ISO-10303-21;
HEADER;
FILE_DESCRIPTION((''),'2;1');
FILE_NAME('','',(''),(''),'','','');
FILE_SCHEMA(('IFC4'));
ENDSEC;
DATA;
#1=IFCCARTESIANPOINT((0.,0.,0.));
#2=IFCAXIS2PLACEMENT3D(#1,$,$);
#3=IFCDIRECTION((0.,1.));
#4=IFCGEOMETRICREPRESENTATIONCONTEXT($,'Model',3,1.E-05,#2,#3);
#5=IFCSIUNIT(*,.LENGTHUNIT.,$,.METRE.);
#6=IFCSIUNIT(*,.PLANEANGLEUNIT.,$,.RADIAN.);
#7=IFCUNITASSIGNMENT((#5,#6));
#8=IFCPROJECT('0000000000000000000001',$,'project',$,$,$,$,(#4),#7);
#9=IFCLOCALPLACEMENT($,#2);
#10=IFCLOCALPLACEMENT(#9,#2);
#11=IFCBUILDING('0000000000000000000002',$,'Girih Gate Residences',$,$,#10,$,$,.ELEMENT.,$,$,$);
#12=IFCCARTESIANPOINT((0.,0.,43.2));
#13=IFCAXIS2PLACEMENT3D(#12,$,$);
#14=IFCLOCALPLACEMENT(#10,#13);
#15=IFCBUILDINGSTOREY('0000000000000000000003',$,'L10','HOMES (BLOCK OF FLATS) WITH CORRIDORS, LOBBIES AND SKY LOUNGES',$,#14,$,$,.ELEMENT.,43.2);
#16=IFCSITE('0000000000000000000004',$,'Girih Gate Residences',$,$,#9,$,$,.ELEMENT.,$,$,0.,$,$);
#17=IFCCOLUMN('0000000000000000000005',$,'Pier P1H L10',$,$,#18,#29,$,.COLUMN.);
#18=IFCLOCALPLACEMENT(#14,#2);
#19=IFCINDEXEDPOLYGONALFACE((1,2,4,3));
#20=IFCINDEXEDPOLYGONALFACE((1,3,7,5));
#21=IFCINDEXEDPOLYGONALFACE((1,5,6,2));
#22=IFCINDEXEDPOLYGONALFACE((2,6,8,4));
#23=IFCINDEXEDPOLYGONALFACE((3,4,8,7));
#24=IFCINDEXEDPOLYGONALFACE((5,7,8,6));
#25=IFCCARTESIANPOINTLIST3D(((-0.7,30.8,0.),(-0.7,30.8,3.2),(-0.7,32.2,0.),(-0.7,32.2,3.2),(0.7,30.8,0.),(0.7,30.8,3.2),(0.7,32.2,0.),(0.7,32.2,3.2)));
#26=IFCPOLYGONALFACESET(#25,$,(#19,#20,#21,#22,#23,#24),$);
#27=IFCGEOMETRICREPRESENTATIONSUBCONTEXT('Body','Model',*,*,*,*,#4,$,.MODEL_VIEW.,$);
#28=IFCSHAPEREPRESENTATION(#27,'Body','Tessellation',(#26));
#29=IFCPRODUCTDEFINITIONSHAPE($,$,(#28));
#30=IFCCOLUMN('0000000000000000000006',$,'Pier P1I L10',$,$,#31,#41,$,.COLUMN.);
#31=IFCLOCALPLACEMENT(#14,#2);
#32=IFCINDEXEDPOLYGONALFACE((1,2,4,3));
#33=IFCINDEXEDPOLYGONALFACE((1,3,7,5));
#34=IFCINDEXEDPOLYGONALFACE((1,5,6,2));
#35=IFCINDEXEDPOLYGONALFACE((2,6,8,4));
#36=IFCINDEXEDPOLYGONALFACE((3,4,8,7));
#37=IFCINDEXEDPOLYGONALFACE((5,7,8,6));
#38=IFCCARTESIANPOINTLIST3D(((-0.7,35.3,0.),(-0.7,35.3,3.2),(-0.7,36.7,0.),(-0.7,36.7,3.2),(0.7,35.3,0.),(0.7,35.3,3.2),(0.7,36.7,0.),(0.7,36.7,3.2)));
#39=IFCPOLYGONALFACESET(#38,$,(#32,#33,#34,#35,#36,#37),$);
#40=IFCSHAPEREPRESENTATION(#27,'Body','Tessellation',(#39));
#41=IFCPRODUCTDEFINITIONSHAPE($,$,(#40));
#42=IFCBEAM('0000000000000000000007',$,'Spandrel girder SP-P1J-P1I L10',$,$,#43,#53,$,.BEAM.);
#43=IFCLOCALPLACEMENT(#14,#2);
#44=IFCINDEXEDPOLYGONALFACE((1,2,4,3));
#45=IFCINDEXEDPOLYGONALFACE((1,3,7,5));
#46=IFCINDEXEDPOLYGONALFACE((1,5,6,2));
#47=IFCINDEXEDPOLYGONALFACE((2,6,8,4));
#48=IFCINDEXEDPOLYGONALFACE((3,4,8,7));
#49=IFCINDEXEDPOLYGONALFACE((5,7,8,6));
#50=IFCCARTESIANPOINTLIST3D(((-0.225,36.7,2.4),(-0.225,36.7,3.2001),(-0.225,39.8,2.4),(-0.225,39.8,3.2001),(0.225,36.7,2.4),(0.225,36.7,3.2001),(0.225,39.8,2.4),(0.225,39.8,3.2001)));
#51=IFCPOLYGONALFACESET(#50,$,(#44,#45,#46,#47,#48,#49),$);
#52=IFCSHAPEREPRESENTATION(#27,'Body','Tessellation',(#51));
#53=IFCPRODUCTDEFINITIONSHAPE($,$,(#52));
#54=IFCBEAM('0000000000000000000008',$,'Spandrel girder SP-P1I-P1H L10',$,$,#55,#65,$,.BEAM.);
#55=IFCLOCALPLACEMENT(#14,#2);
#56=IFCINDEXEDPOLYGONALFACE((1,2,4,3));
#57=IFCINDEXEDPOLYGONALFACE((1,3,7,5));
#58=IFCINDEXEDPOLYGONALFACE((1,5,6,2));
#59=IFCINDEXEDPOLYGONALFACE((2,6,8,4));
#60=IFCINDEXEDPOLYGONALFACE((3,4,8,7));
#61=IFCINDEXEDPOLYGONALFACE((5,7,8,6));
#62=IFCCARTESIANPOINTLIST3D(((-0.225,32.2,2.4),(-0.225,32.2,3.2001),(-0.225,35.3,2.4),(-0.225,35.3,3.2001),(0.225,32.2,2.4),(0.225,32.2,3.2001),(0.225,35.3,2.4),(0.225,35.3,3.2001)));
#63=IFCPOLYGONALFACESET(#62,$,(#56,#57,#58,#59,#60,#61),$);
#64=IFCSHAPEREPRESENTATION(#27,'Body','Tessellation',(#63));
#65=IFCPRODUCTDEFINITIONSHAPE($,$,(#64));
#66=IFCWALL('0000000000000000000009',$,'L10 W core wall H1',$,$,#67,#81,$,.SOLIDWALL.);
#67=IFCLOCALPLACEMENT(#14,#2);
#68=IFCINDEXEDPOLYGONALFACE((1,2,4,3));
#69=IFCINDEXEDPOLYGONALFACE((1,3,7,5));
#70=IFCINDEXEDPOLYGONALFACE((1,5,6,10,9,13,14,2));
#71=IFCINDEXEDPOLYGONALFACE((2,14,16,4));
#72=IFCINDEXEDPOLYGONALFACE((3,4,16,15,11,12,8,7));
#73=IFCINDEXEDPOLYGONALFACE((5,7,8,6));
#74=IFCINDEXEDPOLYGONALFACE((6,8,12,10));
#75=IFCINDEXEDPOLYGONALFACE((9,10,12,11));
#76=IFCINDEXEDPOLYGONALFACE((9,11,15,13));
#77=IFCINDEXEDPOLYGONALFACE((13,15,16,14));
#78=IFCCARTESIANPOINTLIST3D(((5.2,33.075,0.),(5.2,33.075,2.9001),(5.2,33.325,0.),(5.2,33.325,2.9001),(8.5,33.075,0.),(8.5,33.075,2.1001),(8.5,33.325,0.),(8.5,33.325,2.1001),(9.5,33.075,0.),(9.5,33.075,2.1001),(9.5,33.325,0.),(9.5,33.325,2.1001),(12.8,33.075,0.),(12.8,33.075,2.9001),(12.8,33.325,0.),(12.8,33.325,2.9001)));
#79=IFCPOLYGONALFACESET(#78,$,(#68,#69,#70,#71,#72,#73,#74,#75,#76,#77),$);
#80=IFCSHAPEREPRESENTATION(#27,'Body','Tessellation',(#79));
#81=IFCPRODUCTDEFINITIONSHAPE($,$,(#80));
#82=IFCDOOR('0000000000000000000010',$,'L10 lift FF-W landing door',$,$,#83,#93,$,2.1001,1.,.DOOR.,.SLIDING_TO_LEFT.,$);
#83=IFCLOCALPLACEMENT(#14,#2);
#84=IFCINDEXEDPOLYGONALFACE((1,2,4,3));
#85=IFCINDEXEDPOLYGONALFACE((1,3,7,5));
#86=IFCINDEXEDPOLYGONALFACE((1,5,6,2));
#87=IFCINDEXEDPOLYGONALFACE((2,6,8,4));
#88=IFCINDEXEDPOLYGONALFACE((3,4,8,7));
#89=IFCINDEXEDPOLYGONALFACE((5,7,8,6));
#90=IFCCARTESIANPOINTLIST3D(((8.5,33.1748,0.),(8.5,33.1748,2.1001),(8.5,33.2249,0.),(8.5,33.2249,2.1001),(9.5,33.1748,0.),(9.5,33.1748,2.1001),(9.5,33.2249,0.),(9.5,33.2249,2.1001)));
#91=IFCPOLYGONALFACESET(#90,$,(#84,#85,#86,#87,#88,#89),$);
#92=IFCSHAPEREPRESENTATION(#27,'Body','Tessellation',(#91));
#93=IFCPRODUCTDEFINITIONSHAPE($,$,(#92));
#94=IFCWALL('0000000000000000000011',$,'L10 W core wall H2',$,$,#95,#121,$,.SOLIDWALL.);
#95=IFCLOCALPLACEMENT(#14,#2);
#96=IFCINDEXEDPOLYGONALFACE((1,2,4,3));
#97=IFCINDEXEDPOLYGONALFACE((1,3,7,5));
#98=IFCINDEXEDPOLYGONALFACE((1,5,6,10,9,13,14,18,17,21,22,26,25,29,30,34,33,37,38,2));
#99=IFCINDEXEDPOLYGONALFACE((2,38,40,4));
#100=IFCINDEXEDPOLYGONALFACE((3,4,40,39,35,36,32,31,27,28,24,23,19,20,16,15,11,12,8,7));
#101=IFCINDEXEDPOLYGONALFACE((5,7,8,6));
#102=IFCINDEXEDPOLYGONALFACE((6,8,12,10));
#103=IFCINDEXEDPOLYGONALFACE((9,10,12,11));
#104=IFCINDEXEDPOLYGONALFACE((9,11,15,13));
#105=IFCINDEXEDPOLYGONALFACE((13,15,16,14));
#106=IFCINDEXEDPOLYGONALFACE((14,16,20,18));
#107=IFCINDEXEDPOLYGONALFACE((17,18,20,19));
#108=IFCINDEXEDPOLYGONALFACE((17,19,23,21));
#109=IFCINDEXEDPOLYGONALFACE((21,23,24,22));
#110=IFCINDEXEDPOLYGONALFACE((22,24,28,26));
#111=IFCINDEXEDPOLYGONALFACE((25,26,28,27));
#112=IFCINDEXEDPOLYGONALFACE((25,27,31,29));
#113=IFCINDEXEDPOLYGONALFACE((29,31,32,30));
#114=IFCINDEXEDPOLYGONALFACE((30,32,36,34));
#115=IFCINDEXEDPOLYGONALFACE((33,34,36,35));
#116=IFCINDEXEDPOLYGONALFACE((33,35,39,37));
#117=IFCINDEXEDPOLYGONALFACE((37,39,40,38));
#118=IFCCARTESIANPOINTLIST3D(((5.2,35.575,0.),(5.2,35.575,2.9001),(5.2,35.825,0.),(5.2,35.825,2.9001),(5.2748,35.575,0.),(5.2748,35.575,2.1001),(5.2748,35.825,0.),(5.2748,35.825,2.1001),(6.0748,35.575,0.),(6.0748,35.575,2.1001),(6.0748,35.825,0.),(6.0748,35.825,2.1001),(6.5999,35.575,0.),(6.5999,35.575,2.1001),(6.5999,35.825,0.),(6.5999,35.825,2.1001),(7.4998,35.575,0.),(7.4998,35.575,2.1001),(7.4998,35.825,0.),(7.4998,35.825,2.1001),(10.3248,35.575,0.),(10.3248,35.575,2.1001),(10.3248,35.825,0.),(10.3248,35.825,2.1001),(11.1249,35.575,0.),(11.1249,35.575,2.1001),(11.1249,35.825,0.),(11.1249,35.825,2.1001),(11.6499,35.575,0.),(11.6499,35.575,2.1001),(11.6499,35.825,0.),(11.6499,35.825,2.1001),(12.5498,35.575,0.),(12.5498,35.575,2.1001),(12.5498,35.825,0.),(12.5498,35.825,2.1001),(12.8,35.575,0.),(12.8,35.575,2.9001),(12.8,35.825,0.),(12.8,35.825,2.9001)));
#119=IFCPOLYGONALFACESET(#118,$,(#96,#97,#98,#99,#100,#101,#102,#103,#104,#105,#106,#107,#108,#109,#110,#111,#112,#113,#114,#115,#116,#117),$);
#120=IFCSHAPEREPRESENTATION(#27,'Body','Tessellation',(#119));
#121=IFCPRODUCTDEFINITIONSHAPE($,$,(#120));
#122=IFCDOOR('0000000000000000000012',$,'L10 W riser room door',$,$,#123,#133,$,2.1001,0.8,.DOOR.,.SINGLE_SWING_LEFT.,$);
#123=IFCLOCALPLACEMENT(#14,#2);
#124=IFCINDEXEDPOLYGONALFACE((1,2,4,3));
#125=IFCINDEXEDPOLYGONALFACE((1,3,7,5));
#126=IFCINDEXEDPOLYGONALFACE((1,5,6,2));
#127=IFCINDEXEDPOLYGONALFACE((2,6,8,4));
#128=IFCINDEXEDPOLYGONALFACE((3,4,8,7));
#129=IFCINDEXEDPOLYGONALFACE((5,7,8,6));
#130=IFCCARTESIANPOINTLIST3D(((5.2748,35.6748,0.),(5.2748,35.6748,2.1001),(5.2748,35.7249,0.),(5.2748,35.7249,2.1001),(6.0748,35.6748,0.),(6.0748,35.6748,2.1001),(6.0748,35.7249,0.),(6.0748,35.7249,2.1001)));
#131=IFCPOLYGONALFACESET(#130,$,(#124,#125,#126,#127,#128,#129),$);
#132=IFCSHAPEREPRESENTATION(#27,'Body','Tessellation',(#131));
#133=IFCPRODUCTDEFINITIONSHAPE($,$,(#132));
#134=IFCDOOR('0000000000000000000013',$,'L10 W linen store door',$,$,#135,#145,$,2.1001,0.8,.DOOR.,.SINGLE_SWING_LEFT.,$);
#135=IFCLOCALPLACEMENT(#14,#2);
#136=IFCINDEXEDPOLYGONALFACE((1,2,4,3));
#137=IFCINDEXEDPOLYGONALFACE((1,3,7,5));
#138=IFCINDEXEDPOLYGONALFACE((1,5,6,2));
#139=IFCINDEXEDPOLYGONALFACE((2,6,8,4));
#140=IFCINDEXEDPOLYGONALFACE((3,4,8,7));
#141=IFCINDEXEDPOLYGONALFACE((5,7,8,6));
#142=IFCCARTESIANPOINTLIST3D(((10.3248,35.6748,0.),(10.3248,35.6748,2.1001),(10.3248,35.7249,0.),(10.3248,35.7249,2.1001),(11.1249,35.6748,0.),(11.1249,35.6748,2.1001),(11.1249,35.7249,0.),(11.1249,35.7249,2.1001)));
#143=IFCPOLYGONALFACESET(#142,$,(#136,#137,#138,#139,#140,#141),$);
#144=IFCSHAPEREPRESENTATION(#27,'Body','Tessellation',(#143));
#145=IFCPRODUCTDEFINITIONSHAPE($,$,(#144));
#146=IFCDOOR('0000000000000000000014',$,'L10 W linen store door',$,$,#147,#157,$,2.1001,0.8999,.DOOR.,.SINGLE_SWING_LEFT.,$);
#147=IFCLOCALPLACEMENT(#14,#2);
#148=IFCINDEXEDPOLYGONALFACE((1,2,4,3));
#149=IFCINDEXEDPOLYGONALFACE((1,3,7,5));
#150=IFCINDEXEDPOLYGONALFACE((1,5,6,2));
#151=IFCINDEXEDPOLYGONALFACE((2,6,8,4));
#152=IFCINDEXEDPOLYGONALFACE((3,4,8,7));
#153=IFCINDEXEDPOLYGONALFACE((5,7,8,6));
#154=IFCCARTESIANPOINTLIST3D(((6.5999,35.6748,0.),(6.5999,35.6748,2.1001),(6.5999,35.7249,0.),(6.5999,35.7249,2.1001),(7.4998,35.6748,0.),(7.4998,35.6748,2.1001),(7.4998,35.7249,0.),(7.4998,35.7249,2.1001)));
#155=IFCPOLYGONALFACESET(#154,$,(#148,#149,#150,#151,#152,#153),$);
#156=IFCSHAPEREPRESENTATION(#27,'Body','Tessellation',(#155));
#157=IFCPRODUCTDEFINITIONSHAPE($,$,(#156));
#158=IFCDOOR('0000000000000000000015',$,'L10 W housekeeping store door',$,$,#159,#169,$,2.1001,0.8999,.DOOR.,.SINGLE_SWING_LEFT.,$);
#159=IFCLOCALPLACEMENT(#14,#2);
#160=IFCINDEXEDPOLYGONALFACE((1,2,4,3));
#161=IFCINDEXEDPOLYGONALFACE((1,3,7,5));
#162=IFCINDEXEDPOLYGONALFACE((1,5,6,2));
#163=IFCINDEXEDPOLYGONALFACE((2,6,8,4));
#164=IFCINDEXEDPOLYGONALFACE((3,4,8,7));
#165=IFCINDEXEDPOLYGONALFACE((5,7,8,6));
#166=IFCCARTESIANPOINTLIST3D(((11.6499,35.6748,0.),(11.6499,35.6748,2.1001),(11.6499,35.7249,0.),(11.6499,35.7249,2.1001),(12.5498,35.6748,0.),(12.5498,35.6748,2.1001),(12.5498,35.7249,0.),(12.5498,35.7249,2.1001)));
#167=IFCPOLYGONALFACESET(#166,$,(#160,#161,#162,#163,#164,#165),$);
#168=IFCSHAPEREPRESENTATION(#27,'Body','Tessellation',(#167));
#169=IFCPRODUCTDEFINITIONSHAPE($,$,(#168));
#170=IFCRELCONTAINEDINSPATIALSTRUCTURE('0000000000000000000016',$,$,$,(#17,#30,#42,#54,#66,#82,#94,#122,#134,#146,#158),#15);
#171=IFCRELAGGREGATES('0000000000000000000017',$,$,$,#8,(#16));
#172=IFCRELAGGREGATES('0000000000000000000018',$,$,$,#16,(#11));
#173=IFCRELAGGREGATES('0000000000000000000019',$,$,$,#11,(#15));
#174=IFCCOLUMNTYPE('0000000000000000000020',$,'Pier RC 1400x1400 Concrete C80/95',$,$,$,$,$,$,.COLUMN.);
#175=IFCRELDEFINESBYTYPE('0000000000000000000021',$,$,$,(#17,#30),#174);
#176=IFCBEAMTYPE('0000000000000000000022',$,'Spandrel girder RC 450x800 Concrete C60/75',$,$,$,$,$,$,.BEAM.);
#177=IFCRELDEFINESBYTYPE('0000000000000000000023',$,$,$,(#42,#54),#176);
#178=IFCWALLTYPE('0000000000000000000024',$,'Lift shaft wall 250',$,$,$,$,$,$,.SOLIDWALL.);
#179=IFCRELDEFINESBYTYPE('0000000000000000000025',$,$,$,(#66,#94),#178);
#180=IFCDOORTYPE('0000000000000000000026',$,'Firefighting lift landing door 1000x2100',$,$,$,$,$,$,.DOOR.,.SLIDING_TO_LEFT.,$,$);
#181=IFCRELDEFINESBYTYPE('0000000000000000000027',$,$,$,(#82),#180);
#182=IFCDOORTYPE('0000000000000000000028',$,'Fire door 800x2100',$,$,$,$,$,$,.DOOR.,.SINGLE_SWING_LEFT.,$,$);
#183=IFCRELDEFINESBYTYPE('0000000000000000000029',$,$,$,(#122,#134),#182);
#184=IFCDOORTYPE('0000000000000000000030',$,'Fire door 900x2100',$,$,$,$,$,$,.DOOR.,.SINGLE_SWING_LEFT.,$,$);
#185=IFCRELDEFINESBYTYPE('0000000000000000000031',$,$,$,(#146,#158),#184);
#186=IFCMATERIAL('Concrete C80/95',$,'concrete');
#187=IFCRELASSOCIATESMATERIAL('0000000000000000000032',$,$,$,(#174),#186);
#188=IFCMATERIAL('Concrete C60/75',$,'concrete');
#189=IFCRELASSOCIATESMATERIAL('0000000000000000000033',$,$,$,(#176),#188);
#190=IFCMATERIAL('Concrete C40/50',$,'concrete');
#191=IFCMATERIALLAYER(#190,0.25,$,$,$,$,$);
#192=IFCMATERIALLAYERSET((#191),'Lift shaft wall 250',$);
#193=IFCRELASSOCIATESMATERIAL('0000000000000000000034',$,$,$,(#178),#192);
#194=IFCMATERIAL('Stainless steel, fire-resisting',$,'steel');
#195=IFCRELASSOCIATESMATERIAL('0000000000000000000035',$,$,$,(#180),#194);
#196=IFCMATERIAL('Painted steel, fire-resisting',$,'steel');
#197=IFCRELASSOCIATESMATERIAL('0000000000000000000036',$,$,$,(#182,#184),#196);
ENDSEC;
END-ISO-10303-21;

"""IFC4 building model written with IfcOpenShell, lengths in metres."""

from ifc_helpers import new_model, si_unit, direction, frame, frame_2d, origin, origin_2d, place, context, subcontext, project, spatial, rectangle, extrude, material, layer, layer_set, material_profile, profile_set, type_object, element, fill, save


model = new_model("IFC4")

# Units and contexts
model_context = context("Model", 3, precision=1e-05, world=origin(), true_north=direction((0.0, 1.0)))
body_context = subcontext(model_context, "Body", "Model", "MODEL_VIEW")
ifc_project = project(units=[si_unit("LENGTHUNIT", "METRE"), si_unit("PLANEANGLEUNIT", "RADIAN")], contexts=[model_context])

# Site, building, storey
site_placement = place(None, origin())
site = spatial("IfcSite", under=ifc_project, at=site_placement, Name="Girih Gate Residences", CompositionType="ELEMENT", RefElevation=0.0)
building_placement = place(site_placement, origin())
building = spatial("IfcBuilding", under=site, at=building_placement, Name="Girih Gate Residences", CompositionType="ELEMENT")
storey_placement = place(building_placement, frame((0.0, 0.0, 43.2)))
storey = spatial("IfcBuildingStorey", under=building, at=storey_placement, Name="L10", Description="HOMES (BLOCK OF FLATS) WITH CORRIDORS, LOBBIES AND SKY LOUNGES", CompositionType="ELEMENT", Elevation=43.2)

# Columns
ifc_material_1 = material(Name="Concrete C80/95", Category="concrete")
ifc_material_profile_1 = material_profile(ifc_material_1, rectangle(XDim=1.3999, YDim=1.3999, at=origin_2d()))
ifc_profile_set_1 = profile_set([ifc_material_profile_1], Name="Concrete C80/95")
column_type = type_object("IfcColumnType", Name="Pier RC 1400x1400 Concrete C80/95", PredefinedType="COLUMN", material=ifc_profile_set_1)
for number, where, z_axis, x_axis, name in (
    (1, (0.0, 31.5, 0.0), (0.0, 0.0, 1.0), (1.0, 0.0, 0.0), "Pier P1H L10"),
    (2, (0.0, 36.0, 0.0), (0.0, 0.0, 1.0), (1.0, 0.0, 0.0), "Pier P1I L10"),
):
    element("IfcColumn", number, at=place(storey_placement, frame(where, z_axis=z_axis, x_axis=x_axis)), inside=storey, type_object=column_type, Name=name, PredefinedType="COLUMN", context=body_context, shape_type="SweptSolid", body=[
        extrude(rectangle(XDim=1.3999, YDim=1.3999, at=origin_2d()), origin(), (0.0, 0.0, 1.0), 3.2),
    ])

# Beams
ifc_material_2 = material(Name="Concrete C60/75", Category="concrete")
ifc_material_profile_2 = material_profile(ifc_material_2, rectangle(XDim=0.45, YDim=0.8, at=origin_2d()))
ifc_profile_set_2 = profile_set([ifc_material_profile_2], Name="Concrete C60/75")
beam_type = type_object("IfcBeamType", Name="Spandrel girder RC 450x800 Concrete C60/75", PredefinedType="BEAM", material=ifc_profile_set_2)
for number, where, z_axis, x_axis, name in (
    (3, (0.0, 39.8, 2.8), (0.0, -1.0, 0.0), (1.0, 0.0, 0.0), "Spandrel girder SP-P1J-P1I L10"),
    (4, (0.0, 35.3, 2.8), (0.0, -1.0, 0.0), (1.0, 0.0, 0.0), "Spandrel girder SP-P1I-P1H L10"),
):
    element("IfcBeam", number, at=place(storey_placement, frame(where, z_axis=z_axis, x_axis=x_axis)), inside=storey, type_object=beam_type, Name=name, PredefinedType="BEAM", context=body_context, shape_type="SweptSolid", body=[
        extrude(rectangle(XDim=0.45, YDim=0.8, at=origin_2d()), origin(), (0.0, 0.0, 1.0), 3.1001),
    ])

# Wall, opening, door
ifc_material_3 = material(Name="Concrete C40/50", Category="concrete")
ifc_layer_1 = layer(ifc_material_3, 0.25)
ifc_layer_set_1 = layer_set([ifc_layer_1], Name="Lift shaft wall 250")
wall_type_1 = type_object("IfcWallType", Name="Lift shaft wall 250", PredefinedType="SOLIDWALL", material=ifc_layer_set_1)
wall_1_placement = place(storey_placement, frame((5.2, 33.2, 0.0), z_axis=(0.0, 0.0, 1.0), x_axis=(1.0, 0.0, 0.0)))
wall_1 = element("IfcWall", 5, at=wall_1_placement, inside=storey, type_object=wall_type_1, Name="L10 W core wall H1", PredefinedType="SOLIDWALL", context=body_context, shape_type="SweptSolid", body=[
    extrude(rectangle(XDim=7.6001, YDim=0.25, at=frame_2d((3.8, 0.0))), origin(), (0.0, 0.0, 1.0), 2.9001),
])
opening_1_placement = place(wall_1_placement, frame((3.3, 0.0, 0.0)))
opening_1 = element("IfcOpeningElement", 6, at=opening_1_placement, cuts=wall_1, PredefinedType="OPENING", context=body_context, shape_type="SweptSolid", body=[
    extrude(rectangle(XDim=1.0, YDim=2.1001, at=frame_2d((0.5, 1.05))), frame((0.0, 0.135, 0.0), z_axis=(0.0, -1.0, 0.0), x_axis=(1.0, 0.0, 0.0)), (0.0, 0.0, 1.0), 0.27),
])
ifc_material_4 = material(Name="Stainless steel, fire-resisting", Category="steel")
door_type_1 = type_object("IfcDoorType", Name="Firefighting lift landing door 1000x2100", OperationType="SLIDING_TO_LEFT", PredefinedType="DOOR", material=ifc_material_4)
door_1_placement = place(opening_1_placement, origin())
door_1 = element("IfcDoor", 7, at=door_1_placement, inside=storey, type_object=door_type_1, Name="L10 lift FF-W landing door", OperationType="SLIDING_TO_LEFT", OverallHeight=2.1001, OverallWidth=1.0, PredefinedType="DOOR", context=body_context, shape_type="SweptSolid", body=[
    extrude(rectangle(XDim=1.0, YDim=2.1001, at=frame_2d((0.5, 1.05))), frame((0.0, 0.0249, 0.0), z_axis=(0.0, -1.0, 0.0), x_axis=(1.0, 0.0, 0.0)), (0.0, 0.0, 1.0), 0.05),
])
fill(opening_1, door_1)

# Wall, openings, doors
wall_2_placement = place(storey_placement, frame((5.2, 35.7, 0.0), z_axis=(0.0, 0.0, 1.0), x_axis=(1.0, 0.0, 0.0)))
wall_2 = element("IfcWall", 8, at=wall_2_placement, inside=storey, type_object=wall_type_1, Name="L10 W core wall H2", PredefinedType="SOLIDWALL", context=body_context, shape_type="SweptSolid", body=[
    extrude(rectangle(XDim=7.6001, YDim=0.25, at=frame_2d((3.8, 0.0))), origin(), (0.0, 0.0, 1.0), 2.9001),
])
opening_2_placement = place(wall_2_placement, frame((0.075, 0.0, 0.0)))
opening_2 = element("IfcOpeningElement", 9, at=opening_2_placement, cuts=wall_2, PredefinedType="OPENING", context=body_context, shape_type="SweptSolid", body=[
    extrude(rectangle(XDim=0.8, YDim=2.1001, at=frame_2d((0.3999, 1.05))), frame((0.0, 0.135, 0.0), z_axis=(0.0, -1.0, 0.0), x_axis=(1.0, 0.0, 0.0)), (0.0, 0.0, 1.0), 0.27),
])
opening_3_placement = place(wall_2_placement, frame((1.3999, 0.0, 0.0)))
opening_3 = element("IfcOpeningElement", 10, at=opening_3_placement, cuts=wall_2, PredefinedType="OPENING", context=body_context, shape_type="SweptSolid", body=[
    extrude(rectangle(XDim=0.8999, YDim=2.1001, at=frame_2d((0.45, 1.05))), frame((0.0, 0.135, 0.0), z_axis=(0.0, -1.0, 0.0), x_axis=(1.0, 0.0, 0.0)), (0.0, 0.0, 1.0), 0.27),
])
opening_4_placement = place(wall_2_placement, frame((5.125, 0.0, 0.0)))
opening_4 = element("IfcOpeningElement", 11, at=opening_4_placement, cuts=wall_2, PredefinedType="OPENING", context=body_context, shape_type="SweptSolid", body=[
    extrude(rectangle(XDim=0.8, YDim=2.1001, at=frame_2d((0.3999, 1.05))), frame((0.0, 0.135, 0.0), z_axis=(0.0, -1.0, 0.0), x_axis=(1.0, 0.0, 0.0)), (0.0, 0.0, 1.0), 0.27),
])
opening_5_placement = place(wall_2_placement, frame((6.45, 0.0, 0.0)))
opening_5 = element("IfcOpeningElement", 12, at=opening_5_placement, cuts=wall_2, PredefinedType="OPENING", context=body_context, shape_type="SweptSolid", body=[
    extrude(rectangle(XDim=0.8999, YDim=2.1001, at=frame_2d((0.45, 1.05))), frame((0.0, 0.135, 0.0), z_axis=(0.0, -1.0, 0.0), x_axis=(1.0, 0.0, 0.0)), (0.0, 0.0, 1.0), 0.27),
])
ifc_material_5 = material(Name="Painted steel, fire-resisting", Category="steel")
door_type_2 = type_object("IfcDoorType", Name="Fire door 800x2100", OperationType="SINGLE_SWING_LEFT", PredefinedType="DOOR", material=ifc_material_5)
door_2_placement = place(opening_2_placement, origin())
door_2 = element("IfcDoor", 13, at=door_2_placement, inside=storey, type_object=door_type_2, Name="L10 W riser room door", OperationType="SINGLE_SWING_LEFT", OverallHeight=2.1001, OverallWidth=0.8, PredefinedType="DOOR", context=body_context, shape_type="SweptSolid", body=[
    extrude(rectangle(XDim=0.8, YDim=2.1001, at=frame_2d((0.3999, 1.05))), frame((0.0, 0.0249, 0.0), z_axis=(0.0, -1.0, 0.0), x_axis=(1.0, 0.0, 0.0)), (0.0, 0.0, 1.0), 0.05),
])
fill(opening_2, door_2)
door_3_placement = place(opening_4_placement, origin())
door_3 = element("IfcDoor", 14, at=door_3_placement, inside=storey, type_object=door_type_2, Name="L10 W linen store door", OperationType="SINGLE_SWING_LEFT", OverallHeight=2.1001, OverallWidth=0.8, PredefinedType="DOOR", context=body_context, shape_type="SweptSolid", body=[
    extrude(rectangle(XDim=0.8, YDim=2.1001, at=frame_2d((0.3999, 1.05))), frame((0.0, 0.0249, 0.0), z_axis=(0.0, -1.0, 0.0), x_axis=(1.0, 0.0, 0.0)), (0.0, 0.0, 1.0), 0.05),
])
fill(opening_4, door_3)
door_type_3 = type_object("IfcDoorType", Name="Fire door 900x2100", OperationType="SINGLE_SWING_LEFT", PredefinedType="DOOR", material=ifc_material_5)
door_4_placement = place(opening_3_placement, origin())
door_4 = element("IfcDoor", 15, at=door_4_placement, inside=storey, type_object=door_type_3, Name="L10 W linen store door", OperationType="SINGLE_SWING_LEFT", OverallHeight=2.1001, OverallWidth=0.8999, PredefinedType="DOOR", context=body_context, shape_type="SweptSolid", body=[
    extrude(rectangle(XDim=0.8999, YDim=2.1001, at=frame_2d((0.45, 1.05))), frame((0.0, 0.0249, 0.0), z_axis=(0.0, -1.0, 0.0), x_axis=(1.0, 0.0, 0.0)), (0.0, 0.0, 1.0), 0.05),
])
fill(opening_3, door_4)
door_5_placement = place(opening_5_placement, origin())
door_5 = element("IfcDoor", 16, at=door_5_placement, inside=storey, type_object=door_type_3, Name="L10 W housekeeping store door", OperationType="SINGLE_SWING_LEFT", OverallHeight=2.1001, OverallWidth=0.8999, PredefinedType="DOOR", context=body_context, shape_type="SweptSolid", body=[
    extrude(rectangle(XDim=0.8999, YDim=2.1001, at=frame_2d((0.45, 1.05))), frame((0.0, 0.0249, 0.0), z_axis=(0.0, -1.0, 0.0), x_axis=(1.0, 0.0, 0.0)), (0.0, 0.0, 1.0), 0.05),
])
fill(opening_5, door_5)

save(model, "model.ifc")
